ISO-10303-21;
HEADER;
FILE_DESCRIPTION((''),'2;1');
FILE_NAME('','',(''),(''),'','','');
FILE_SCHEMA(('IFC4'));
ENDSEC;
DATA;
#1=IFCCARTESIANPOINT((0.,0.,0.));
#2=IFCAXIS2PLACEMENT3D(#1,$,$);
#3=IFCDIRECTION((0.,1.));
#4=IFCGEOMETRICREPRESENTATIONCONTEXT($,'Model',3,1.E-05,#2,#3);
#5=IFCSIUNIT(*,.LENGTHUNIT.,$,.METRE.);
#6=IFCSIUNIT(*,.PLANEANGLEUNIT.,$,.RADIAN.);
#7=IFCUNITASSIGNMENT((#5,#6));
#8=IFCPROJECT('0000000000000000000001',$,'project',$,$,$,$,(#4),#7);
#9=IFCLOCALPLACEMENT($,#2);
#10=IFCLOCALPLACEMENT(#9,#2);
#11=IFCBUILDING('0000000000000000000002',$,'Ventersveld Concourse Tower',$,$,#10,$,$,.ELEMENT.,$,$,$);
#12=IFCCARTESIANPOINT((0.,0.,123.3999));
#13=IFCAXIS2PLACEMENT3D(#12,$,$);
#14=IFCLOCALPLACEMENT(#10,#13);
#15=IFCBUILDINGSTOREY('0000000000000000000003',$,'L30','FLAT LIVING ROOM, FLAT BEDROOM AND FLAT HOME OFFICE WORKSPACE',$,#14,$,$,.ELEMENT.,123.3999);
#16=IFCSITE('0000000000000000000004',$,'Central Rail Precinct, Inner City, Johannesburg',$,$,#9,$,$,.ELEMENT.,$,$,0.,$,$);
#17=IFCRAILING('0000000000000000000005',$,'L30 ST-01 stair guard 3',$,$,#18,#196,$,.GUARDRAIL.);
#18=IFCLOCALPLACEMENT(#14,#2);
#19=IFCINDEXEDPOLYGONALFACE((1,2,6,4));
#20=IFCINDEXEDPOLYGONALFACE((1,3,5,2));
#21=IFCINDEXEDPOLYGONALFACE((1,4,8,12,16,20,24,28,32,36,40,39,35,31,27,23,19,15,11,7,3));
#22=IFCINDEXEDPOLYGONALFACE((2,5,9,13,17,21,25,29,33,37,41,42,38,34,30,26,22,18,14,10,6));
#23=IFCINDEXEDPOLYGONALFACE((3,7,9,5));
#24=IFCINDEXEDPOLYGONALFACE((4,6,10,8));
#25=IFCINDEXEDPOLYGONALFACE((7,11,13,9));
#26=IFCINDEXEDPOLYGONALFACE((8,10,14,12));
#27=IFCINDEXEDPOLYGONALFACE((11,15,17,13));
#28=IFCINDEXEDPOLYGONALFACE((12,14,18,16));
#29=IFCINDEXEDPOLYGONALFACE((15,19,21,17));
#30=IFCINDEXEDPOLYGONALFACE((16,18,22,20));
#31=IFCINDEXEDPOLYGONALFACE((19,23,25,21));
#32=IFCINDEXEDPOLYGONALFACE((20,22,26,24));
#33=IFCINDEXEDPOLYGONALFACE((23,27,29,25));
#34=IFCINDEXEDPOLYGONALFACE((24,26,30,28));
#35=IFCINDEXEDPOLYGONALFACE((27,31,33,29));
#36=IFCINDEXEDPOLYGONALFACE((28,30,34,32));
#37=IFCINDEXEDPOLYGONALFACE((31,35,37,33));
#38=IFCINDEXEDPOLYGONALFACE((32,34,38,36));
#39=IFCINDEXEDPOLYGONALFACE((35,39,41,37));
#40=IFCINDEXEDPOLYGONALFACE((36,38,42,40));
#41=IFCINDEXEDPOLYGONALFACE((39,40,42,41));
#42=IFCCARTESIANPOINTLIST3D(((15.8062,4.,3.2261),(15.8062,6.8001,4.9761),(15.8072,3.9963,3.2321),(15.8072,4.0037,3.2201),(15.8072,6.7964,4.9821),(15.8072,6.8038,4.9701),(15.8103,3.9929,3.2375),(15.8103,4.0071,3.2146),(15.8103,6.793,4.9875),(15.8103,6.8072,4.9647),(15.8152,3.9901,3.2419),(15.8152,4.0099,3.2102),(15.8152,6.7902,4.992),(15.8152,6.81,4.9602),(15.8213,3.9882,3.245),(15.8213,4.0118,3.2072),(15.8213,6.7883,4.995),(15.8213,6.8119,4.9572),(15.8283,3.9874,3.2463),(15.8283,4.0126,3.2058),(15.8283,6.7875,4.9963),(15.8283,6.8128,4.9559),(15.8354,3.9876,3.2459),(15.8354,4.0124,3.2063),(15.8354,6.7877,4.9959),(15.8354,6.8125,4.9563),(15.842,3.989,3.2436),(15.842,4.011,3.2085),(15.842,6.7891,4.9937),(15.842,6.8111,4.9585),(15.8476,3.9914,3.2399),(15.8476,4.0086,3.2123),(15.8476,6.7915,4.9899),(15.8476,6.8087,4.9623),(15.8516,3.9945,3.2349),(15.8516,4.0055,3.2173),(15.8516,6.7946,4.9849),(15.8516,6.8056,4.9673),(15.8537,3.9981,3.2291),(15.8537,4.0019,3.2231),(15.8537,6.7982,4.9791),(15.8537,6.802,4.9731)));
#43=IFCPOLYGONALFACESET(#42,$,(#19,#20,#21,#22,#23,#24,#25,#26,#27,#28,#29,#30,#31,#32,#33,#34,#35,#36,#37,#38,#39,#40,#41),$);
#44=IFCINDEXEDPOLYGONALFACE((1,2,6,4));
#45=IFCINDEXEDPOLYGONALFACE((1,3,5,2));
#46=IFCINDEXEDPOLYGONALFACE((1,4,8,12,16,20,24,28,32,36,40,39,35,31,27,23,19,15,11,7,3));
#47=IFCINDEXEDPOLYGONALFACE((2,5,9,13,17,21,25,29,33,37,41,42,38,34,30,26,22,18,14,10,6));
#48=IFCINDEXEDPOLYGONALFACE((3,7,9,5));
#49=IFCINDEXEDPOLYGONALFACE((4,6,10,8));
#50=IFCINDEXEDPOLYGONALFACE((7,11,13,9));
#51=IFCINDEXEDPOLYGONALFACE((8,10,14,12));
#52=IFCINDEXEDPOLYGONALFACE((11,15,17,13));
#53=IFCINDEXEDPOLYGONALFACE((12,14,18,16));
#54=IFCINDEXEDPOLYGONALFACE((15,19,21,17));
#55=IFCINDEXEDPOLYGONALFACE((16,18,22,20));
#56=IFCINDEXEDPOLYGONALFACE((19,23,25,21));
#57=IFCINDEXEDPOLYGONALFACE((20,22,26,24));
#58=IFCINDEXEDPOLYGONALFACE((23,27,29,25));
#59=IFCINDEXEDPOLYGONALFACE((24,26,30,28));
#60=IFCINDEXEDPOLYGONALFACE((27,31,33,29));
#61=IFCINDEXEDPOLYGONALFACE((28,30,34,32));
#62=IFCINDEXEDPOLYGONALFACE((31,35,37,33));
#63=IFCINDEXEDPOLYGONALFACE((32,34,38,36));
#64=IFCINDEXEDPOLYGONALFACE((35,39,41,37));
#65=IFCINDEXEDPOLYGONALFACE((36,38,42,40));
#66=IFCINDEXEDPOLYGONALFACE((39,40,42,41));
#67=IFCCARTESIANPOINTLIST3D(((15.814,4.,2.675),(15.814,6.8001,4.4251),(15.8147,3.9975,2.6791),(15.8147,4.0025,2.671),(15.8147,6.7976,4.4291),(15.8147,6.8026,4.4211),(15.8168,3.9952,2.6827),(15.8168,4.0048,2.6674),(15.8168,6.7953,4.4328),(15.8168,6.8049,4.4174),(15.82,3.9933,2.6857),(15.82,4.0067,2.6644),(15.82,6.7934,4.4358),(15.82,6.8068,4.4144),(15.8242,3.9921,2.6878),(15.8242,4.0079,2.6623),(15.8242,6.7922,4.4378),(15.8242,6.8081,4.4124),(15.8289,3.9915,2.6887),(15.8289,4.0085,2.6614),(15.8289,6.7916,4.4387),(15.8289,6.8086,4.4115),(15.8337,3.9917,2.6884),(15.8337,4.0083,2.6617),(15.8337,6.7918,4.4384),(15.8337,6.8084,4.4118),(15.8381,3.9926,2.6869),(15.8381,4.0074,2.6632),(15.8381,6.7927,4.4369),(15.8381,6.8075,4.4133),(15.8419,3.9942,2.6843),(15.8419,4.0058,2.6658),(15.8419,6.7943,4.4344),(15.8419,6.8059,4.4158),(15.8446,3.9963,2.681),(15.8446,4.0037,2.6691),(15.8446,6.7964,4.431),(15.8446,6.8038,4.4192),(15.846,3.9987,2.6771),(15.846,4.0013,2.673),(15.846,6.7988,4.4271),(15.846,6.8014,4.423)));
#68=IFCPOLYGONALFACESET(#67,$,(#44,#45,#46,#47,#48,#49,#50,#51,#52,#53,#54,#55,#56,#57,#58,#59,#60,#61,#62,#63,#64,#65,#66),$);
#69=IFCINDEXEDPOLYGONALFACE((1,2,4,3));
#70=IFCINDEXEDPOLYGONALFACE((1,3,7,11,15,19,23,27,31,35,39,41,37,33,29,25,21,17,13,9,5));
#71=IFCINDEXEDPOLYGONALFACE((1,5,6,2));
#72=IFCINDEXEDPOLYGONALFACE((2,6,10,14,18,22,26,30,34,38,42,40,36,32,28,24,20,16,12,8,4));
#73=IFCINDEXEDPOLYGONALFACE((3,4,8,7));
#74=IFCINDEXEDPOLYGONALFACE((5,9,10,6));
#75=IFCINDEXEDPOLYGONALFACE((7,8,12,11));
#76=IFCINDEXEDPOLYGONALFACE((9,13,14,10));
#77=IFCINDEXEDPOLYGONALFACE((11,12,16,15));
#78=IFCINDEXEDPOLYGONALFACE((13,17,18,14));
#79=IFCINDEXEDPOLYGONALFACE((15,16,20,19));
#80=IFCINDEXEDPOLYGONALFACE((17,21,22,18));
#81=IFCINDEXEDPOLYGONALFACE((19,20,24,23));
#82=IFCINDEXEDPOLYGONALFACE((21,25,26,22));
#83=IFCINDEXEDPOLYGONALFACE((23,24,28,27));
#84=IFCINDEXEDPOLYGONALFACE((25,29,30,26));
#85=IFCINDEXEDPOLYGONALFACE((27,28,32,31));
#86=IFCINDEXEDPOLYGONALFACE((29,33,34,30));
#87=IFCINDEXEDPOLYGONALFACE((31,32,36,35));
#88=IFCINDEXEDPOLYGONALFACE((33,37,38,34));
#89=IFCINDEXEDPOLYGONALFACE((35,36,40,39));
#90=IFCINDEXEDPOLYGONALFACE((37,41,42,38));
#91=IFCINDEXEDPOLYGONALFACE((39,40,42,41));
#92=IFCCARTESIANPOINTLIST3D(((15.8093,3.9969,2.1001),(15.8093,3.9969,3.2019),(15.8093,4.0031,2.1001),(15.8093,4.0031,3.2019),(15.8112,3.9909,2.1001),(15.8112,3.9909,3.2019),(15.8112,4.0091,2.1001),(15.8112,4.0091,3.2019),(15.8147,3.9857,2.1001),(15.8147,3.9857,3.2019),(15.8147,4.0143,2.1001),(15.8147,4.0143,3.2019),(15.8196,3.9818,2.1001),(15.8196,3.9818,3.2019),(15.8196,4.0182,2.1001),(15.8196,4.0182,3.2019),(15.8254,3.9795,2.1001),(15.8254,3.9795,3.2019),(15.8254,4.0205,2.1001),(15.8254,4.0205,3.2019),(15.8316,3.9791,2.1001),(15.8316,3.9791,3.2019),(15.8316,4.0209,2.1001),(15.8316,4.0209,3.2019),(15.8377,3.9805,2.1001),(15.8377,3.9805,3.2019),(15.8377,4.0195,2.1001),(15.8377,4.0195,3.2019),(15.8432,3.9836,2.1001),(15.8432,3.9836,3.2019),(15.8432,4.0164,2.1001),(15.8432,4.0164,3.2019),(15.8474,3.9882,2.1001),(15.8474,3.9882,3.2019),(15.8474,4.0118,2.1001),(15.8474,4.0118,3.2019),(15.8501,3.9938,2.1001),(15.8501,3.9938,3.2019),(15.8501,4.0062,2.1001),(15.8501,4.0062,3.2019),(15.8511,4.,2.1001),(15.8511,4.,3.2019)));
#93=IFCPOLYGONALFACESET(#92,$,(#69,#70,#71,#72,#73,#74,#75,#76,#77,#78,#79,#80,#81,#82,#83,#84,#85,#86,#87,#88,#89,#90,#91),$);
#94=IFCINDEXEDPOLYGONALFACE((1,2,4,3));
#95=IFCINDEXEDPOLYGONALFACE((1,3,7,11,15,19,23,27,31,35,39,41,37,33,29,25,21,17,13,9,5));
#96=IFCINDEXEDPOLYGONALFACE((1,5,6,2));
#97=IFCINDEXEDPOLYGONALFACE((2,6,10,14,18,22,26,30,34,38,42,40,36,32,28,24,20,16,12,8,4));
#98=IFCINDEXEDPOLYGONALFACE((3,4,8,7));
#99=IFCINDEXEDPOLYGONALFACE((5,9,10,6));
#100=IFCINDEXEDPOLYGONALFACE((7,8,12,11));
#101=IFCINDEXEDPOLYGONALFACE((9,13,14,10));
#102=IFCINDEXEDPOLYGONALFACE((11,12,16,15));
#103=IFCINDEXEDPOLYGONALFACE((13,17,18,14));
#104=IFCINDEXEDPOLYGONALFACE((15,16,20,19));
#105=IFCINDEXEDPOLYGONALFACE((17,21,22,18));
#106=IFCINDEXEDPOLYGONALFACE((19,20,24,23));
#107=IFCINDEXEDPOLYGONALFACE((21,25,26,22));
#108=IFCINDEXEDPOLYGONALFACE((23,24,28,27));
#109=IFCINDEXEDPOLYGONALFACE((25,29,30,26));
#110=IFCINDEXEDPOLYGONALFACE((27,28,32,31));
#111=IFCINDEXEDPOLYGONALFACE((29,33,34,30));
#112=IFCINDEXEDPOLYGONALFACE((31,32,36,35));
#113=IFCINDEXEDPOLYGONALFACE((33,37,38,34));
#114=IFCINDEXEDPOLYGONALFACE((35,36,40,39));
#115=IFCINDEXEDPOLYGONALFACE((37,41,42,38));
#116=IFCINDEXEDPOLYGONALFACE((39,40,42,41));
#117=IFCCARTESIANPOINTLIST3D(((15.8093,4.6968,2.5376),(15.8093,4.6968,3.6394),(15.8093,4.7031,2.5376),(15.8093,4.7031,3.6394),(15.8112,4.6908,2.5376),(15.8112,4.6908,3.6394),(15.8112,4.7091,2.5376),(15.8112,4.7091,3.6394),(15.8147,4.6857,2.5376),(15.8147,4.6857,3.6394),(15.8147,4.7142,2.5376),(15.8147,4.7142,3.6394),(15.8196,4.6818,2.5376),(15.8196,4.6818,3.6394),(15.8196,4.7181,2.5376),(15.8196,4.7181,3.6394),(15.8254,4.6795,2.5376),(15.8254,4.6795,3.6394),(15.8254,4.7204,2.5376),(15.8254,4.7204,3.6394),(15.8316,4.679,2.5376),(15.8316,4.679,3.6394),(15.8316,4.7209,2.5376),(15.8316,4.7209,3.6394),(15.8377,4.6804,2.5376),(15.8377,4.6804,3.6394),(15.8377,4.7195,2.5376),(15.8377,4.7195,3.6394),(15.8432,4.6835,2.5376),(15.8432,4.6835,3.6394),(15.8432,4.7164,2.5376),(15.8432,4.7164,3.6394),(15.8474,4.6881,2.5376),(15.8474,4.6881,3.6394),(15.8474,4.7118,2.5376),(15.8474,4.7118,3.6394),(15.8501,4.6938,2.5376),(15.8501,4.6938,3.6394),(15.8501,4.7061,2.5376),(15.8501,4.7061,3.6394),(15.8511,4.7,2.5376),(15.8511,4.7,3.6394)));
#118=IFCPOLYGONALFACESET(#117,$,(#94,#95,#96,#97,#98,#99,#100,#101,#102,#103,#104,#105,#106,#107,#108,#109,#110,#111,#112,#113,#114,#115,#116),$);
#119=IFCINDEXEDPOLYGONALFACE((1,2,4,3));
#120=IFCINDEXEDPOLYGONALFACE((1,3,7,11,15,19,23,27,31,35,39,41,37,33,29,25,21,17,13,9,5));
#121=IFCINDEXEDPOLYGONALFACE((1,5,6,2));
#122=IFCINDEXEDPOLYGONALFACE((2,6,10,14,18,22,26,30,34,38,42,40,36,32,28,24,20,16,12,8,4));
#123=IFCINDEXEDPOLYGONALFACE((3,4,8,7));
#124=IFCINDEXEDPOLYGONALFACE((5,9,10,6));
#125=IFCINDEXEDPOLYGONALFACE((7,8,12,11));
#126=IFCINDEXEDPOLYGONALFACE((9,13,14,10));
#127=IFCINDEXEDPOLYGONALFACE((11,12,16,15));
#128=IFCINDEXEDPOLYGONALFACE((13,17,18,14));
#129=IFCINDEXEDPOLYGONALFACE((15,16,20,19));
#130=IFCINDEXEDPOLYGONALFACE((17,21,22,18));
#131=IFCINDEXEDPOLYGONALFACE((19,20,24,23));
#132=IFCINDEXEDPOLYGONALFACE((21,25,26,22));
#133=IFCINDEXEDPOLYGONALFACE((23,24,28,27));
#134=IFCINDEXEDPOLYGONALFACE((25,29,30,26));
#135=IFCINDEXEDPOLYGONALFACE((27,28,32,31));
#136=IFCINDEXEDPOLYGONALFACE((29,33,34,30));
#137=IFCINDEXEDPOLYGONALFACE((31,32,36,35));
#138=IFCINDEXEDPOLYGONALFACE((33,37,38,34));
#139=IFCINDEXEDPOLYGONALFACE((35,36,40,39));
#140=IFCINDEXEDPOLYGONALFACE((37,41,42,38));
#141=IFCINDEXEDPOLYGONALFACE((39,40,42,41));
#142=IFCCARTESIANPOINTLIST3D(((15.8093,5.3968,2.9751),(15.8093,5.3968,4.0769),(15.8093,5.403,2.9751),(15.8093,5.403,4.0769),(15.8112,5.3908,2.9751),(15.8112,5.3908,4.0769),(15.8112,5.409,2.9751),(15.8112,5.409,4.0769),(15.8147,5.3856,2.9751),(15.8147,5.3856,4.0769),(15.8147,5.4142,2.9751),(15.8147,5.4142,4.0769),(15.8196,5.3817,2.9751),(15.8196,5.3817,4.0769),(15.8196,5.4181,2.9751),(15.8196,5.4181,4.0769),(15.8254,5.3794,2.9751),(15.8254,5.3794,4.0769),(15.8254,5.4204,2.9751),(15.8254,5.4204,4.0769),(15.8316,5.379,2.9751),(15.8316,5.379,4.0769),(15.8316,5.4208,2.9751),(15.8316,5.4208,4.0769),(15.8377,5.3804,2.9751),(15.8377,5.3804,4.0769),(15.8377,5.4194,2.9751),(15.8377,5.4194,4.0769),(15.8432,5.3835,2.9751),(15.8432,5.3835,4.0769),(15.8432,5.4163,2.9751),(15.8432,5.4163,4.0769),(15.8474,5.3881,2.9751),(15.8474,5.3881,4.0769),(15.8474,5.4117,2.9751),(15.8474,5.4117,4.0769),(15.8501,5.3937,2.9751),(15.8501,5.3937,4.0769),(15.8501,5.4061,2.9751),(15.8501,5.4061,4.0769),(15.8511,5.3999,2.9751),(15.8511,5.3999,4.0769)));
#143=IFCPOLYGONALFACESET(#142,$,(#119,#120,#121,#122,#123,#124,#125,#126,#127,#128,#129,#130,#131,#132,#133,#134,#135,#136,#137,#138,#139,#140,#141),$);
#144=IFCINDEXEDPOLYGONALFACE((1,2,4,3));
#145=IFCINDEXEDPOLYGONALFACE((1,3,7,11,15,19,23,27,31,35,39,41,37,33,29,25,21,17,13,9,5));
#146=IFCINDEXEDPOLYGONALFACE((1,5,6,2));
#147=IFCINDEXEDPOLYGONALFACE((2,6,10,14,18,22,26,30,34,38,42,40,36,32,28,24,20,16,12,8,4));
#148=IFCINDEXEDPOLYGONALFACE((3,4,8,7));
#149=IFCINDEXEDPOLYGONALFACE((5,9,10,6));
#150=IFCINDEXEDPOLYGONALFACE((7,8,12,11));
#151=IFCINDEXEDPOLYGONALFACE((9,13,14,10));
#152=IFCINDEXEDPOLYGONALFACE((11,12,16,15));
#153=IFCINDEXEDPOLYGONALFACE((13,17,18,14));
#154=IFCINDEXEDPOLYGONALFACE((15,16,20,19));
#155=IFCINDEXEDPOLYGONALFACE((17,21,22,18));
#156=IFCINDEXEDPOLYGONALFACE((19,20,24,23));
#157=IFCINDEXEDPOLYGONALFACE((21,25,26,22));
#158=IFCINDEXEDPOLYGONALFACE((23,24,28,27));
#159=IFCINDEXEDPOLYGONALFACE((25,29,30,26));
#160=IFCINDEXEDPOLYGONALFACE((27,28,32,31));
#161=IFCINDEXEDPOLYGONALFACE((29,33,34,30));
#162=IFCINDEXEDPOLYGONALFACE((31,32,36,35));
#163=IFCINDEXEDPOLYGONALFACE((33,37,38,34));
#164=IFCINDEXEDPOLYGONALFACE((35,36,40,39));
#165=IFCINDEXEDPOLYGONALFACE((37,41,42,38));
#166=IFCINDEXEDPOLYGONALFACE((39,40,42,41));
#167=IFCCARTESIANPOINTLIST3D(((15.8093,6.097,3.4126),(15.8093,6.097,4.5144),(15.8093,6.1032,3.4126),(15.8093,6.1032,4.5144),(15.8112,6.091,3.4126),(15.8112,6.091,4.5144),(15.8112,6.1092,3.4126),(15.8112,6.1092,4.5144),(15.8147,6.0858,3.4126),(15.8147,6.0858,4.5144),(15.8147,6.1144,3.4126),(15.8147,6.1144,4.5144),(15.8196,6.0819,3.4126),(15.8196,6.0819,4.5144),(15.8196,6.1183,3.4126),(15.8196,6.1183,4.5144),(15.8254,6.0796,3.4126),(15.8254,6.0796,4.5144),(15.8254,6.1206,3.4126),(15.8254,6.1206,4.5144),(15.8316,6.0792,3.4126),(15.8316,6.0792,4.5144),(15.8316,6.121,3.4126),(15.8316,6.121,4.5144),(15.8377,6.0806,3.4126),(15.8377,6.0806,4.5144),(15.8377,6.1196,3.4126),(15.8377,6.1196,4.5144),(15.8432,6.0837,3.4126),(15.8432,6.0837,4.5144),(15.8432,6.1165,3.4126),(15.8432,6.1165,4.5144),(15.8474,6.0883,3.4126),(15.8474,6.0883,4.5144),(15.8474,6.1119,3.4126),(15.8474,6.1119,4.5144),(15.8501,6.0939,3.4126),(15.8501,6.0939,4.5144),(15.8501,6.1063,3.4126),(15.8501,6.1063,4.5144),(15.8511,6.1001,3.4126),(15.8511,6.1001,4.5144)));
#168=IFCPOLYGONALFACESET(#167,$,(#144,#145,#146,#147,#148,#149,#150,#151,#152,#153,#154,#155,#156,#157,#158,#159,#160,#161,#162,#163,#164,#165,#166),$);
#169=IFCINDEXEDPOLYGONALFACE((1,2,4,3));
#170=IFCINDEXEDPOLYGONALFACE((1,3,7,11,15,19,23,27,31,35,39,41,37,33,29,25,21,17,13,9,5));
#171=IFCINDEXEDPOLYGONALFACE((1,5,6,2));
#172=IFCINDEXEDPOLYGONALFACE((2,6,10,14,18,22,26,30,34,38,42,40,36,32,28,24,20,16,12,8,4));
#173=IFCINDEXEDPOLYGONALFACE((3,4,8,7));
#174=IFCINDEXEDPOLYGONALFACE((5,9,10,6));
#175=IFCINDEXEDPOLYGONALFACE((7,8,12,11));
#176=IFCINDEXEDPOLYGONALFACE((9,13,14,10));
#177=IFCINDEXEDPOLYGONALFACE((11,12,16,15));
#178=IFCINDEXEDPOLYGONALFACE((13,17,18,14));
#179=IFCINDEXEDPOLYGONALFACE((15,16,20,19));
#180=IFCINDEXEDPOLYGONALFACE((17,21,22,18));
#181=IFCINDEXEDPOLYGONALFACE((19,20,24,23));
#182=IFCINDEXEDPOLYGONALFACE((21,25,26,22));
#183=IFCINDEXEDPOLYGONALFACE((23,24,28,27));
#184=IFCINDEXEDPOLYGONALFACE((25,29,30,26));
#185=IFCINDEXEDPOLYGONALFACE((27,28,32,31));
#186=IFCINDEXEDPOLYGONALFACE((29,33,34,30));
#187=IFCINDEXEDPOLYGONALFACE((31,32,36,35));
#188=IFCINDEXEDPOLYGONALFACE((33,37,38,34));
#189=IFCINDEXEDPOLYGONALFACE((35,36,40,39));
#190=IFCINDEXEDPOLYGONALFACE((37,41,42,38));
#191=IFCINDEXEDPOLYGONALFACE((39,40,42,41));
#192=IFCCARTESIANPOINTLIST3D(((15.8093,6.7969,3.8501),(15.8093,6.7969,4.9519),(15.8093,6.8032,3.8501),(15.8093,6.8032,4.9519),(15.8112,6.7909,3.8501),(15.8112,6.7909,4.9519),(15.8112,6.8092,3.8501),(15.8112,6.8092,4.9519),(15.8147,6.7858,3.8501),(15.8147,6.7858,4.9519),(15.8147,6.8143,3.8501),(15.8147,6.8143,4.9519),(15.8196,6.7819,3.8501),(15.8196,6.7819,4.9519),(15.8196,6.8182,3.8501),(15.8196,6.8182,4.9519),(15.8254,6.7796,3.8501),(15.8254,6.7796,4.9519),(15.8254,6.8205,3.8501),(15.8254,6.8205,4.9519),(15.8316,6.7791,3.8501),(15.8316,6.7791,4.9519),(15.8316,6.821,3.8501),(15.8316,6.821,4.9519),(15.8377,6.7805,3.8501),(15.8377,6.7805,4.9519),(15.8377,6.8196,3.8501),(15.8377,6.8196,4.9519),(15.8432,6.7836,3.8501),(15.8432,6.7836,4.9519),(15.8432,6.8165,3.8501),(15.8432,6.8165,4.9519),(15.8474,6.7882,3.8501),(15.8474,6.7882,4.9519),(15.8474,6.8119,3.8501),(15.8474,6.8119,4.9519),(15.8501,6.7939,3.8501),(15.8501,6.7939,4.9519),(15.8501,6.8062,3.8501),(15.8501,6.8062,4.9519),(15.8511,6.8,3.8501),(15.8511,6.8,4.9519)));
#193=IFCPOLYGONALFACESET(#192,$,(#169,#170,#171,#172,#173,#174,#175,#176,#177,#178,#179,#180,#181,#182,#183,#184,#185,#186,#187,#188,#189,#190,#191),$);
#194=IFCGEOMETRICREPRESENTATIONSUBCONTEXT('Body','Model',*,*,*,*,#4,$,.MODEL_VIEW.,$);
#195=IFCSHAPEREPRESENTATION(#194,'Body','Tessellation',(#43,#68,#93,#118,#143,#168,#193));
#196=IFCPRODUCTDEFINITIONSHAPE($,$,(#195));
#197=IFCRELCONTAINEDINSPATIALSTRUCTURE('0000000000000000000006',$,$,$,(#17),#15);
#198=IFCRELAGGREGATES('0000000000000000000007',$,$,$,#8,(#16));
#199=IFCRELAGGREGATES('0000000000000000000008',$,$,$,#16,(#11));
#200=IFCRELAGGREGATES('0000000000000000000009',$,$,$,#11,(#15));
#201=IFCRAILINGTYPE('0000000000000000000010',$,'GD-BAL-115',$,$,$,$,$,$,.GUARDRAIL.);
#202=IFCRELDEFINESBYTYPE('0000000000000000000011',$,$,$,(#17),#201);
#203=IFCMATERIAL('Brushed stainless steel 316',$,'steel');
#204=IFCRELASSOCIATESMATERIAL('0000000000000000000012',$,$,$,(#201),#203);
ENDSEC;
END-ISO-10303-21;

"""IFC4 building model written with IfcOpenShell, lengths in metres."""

from ifc_helpers import new_model, si_unit, direction, frame, origin, origin_2d, place, context, subcontext, project, spatial, circle, extrude, material, type_object, element, save


model = new_model("IFC4")

# Units and contexts
model_context = context("Model", 3, precision=1e-05, world=origin(), true_north=direction((0.0, 1.0)))
body_context = subcontext(model_context, "Body", "Model", "MODEL_VIEW")
ifc_project = project(units=[si_unit("LENGTHUNIT", "METRE"), si_unit("PLANEANGLEUNIT", "RADIAN")], contexts=[model_context])

# Site, building, storey
site_placement = place(None, origin())
site = spatial("IfcSite", under=ifc_project, at=site_placement, Name="Central Rail Precinct, Inner City, Johannesburg", CompositionType="ELEMENT", RefElevation=0.0)
building_placement = place(site_placement, origin())
building = spatial("IfcBuilding", under=site, at=building_placement, Name="Ventersveld Concourse Tower", CompositionType="ELEMENT")
storey_placement = place(building_placement, frame((0.0, 0.0, 123.3999)))
storey = spatial("IfcBuildingStorey", under=building, at=storey_placement, Name="L30", Description="FLAT LIVING ROOM, FLAT BEDROOM AND FLAT HOME OFFICE WORKSPACE", CompositionType="ELEMENT", Elevation=123.3999)

# Shared definitions
ifc_material_1 = material(Name="Brushed stainless steel 316", Category="steel")

# Railing
railing_type_1 = type_object("IfcRailingType", Name="GD-BAL-115", PredefinedType="GUARDRAIL", material=ifc_material_1)
railing_1_placement = place(storey_placement, frame((15.8301, 4.0, 2.1001)))
element("IfcRailing", 1, at=railing_1_placement, inside=storey, type_object=railing_type_1, Name="L30 ST-01 stair guard 3", PredefinedType="GUARDRAIL", context=body_context, shape_type="SweptSolid", body=[
    extrude(circle(Radius=0.0239, at=origin_2d()), frame((0.0, 0.0, 1.126), z_axis=(0.0, 0.848002, 0.529992), x_axis=(-1.0, 0.0, 0.0)), (0.0, 0.0, 1.0), 3.302),
    extrude(circle(Radius=0.0161, at=origin_2d()), frame((0.0, 0.0, 0.575), z_axis=(0.0, 0.848002, 0.529992), x_axis=(-1.0, 0.0, 0.0)), (0.0, 0.0, 1.0), 3.302),
    extrude(circle(Radius=0.021, at=origin_2d()), origin(), (0.0, 0.0, 1.0), 1.1018),
    extrude(circle(Radius=0.021, at=origin_2d()), frame((0.0, 0.7, 0.4375)), (0.0, 0.0, 1.0), 1.1018),
    extrude(circle(Radius=0.021, at=origin_2d()), frame((0.0, 1.3999, 0.875)), (0.0, 0.0, 1.0), 1.1018),
    extrude(circle(Radius=0.021, at=origin_2d()), frame((0.0, 2.1001, 1.3125)), (0.0, 0.0, 1.0), 1.1018),
    extrude(circle(Radius=0.021, at=origin_2d()), frame((0.0, 2.8, 1.75)), (0.0, 0.0, 1.0), 1.1018),
])

save(model, "model.ifc")
